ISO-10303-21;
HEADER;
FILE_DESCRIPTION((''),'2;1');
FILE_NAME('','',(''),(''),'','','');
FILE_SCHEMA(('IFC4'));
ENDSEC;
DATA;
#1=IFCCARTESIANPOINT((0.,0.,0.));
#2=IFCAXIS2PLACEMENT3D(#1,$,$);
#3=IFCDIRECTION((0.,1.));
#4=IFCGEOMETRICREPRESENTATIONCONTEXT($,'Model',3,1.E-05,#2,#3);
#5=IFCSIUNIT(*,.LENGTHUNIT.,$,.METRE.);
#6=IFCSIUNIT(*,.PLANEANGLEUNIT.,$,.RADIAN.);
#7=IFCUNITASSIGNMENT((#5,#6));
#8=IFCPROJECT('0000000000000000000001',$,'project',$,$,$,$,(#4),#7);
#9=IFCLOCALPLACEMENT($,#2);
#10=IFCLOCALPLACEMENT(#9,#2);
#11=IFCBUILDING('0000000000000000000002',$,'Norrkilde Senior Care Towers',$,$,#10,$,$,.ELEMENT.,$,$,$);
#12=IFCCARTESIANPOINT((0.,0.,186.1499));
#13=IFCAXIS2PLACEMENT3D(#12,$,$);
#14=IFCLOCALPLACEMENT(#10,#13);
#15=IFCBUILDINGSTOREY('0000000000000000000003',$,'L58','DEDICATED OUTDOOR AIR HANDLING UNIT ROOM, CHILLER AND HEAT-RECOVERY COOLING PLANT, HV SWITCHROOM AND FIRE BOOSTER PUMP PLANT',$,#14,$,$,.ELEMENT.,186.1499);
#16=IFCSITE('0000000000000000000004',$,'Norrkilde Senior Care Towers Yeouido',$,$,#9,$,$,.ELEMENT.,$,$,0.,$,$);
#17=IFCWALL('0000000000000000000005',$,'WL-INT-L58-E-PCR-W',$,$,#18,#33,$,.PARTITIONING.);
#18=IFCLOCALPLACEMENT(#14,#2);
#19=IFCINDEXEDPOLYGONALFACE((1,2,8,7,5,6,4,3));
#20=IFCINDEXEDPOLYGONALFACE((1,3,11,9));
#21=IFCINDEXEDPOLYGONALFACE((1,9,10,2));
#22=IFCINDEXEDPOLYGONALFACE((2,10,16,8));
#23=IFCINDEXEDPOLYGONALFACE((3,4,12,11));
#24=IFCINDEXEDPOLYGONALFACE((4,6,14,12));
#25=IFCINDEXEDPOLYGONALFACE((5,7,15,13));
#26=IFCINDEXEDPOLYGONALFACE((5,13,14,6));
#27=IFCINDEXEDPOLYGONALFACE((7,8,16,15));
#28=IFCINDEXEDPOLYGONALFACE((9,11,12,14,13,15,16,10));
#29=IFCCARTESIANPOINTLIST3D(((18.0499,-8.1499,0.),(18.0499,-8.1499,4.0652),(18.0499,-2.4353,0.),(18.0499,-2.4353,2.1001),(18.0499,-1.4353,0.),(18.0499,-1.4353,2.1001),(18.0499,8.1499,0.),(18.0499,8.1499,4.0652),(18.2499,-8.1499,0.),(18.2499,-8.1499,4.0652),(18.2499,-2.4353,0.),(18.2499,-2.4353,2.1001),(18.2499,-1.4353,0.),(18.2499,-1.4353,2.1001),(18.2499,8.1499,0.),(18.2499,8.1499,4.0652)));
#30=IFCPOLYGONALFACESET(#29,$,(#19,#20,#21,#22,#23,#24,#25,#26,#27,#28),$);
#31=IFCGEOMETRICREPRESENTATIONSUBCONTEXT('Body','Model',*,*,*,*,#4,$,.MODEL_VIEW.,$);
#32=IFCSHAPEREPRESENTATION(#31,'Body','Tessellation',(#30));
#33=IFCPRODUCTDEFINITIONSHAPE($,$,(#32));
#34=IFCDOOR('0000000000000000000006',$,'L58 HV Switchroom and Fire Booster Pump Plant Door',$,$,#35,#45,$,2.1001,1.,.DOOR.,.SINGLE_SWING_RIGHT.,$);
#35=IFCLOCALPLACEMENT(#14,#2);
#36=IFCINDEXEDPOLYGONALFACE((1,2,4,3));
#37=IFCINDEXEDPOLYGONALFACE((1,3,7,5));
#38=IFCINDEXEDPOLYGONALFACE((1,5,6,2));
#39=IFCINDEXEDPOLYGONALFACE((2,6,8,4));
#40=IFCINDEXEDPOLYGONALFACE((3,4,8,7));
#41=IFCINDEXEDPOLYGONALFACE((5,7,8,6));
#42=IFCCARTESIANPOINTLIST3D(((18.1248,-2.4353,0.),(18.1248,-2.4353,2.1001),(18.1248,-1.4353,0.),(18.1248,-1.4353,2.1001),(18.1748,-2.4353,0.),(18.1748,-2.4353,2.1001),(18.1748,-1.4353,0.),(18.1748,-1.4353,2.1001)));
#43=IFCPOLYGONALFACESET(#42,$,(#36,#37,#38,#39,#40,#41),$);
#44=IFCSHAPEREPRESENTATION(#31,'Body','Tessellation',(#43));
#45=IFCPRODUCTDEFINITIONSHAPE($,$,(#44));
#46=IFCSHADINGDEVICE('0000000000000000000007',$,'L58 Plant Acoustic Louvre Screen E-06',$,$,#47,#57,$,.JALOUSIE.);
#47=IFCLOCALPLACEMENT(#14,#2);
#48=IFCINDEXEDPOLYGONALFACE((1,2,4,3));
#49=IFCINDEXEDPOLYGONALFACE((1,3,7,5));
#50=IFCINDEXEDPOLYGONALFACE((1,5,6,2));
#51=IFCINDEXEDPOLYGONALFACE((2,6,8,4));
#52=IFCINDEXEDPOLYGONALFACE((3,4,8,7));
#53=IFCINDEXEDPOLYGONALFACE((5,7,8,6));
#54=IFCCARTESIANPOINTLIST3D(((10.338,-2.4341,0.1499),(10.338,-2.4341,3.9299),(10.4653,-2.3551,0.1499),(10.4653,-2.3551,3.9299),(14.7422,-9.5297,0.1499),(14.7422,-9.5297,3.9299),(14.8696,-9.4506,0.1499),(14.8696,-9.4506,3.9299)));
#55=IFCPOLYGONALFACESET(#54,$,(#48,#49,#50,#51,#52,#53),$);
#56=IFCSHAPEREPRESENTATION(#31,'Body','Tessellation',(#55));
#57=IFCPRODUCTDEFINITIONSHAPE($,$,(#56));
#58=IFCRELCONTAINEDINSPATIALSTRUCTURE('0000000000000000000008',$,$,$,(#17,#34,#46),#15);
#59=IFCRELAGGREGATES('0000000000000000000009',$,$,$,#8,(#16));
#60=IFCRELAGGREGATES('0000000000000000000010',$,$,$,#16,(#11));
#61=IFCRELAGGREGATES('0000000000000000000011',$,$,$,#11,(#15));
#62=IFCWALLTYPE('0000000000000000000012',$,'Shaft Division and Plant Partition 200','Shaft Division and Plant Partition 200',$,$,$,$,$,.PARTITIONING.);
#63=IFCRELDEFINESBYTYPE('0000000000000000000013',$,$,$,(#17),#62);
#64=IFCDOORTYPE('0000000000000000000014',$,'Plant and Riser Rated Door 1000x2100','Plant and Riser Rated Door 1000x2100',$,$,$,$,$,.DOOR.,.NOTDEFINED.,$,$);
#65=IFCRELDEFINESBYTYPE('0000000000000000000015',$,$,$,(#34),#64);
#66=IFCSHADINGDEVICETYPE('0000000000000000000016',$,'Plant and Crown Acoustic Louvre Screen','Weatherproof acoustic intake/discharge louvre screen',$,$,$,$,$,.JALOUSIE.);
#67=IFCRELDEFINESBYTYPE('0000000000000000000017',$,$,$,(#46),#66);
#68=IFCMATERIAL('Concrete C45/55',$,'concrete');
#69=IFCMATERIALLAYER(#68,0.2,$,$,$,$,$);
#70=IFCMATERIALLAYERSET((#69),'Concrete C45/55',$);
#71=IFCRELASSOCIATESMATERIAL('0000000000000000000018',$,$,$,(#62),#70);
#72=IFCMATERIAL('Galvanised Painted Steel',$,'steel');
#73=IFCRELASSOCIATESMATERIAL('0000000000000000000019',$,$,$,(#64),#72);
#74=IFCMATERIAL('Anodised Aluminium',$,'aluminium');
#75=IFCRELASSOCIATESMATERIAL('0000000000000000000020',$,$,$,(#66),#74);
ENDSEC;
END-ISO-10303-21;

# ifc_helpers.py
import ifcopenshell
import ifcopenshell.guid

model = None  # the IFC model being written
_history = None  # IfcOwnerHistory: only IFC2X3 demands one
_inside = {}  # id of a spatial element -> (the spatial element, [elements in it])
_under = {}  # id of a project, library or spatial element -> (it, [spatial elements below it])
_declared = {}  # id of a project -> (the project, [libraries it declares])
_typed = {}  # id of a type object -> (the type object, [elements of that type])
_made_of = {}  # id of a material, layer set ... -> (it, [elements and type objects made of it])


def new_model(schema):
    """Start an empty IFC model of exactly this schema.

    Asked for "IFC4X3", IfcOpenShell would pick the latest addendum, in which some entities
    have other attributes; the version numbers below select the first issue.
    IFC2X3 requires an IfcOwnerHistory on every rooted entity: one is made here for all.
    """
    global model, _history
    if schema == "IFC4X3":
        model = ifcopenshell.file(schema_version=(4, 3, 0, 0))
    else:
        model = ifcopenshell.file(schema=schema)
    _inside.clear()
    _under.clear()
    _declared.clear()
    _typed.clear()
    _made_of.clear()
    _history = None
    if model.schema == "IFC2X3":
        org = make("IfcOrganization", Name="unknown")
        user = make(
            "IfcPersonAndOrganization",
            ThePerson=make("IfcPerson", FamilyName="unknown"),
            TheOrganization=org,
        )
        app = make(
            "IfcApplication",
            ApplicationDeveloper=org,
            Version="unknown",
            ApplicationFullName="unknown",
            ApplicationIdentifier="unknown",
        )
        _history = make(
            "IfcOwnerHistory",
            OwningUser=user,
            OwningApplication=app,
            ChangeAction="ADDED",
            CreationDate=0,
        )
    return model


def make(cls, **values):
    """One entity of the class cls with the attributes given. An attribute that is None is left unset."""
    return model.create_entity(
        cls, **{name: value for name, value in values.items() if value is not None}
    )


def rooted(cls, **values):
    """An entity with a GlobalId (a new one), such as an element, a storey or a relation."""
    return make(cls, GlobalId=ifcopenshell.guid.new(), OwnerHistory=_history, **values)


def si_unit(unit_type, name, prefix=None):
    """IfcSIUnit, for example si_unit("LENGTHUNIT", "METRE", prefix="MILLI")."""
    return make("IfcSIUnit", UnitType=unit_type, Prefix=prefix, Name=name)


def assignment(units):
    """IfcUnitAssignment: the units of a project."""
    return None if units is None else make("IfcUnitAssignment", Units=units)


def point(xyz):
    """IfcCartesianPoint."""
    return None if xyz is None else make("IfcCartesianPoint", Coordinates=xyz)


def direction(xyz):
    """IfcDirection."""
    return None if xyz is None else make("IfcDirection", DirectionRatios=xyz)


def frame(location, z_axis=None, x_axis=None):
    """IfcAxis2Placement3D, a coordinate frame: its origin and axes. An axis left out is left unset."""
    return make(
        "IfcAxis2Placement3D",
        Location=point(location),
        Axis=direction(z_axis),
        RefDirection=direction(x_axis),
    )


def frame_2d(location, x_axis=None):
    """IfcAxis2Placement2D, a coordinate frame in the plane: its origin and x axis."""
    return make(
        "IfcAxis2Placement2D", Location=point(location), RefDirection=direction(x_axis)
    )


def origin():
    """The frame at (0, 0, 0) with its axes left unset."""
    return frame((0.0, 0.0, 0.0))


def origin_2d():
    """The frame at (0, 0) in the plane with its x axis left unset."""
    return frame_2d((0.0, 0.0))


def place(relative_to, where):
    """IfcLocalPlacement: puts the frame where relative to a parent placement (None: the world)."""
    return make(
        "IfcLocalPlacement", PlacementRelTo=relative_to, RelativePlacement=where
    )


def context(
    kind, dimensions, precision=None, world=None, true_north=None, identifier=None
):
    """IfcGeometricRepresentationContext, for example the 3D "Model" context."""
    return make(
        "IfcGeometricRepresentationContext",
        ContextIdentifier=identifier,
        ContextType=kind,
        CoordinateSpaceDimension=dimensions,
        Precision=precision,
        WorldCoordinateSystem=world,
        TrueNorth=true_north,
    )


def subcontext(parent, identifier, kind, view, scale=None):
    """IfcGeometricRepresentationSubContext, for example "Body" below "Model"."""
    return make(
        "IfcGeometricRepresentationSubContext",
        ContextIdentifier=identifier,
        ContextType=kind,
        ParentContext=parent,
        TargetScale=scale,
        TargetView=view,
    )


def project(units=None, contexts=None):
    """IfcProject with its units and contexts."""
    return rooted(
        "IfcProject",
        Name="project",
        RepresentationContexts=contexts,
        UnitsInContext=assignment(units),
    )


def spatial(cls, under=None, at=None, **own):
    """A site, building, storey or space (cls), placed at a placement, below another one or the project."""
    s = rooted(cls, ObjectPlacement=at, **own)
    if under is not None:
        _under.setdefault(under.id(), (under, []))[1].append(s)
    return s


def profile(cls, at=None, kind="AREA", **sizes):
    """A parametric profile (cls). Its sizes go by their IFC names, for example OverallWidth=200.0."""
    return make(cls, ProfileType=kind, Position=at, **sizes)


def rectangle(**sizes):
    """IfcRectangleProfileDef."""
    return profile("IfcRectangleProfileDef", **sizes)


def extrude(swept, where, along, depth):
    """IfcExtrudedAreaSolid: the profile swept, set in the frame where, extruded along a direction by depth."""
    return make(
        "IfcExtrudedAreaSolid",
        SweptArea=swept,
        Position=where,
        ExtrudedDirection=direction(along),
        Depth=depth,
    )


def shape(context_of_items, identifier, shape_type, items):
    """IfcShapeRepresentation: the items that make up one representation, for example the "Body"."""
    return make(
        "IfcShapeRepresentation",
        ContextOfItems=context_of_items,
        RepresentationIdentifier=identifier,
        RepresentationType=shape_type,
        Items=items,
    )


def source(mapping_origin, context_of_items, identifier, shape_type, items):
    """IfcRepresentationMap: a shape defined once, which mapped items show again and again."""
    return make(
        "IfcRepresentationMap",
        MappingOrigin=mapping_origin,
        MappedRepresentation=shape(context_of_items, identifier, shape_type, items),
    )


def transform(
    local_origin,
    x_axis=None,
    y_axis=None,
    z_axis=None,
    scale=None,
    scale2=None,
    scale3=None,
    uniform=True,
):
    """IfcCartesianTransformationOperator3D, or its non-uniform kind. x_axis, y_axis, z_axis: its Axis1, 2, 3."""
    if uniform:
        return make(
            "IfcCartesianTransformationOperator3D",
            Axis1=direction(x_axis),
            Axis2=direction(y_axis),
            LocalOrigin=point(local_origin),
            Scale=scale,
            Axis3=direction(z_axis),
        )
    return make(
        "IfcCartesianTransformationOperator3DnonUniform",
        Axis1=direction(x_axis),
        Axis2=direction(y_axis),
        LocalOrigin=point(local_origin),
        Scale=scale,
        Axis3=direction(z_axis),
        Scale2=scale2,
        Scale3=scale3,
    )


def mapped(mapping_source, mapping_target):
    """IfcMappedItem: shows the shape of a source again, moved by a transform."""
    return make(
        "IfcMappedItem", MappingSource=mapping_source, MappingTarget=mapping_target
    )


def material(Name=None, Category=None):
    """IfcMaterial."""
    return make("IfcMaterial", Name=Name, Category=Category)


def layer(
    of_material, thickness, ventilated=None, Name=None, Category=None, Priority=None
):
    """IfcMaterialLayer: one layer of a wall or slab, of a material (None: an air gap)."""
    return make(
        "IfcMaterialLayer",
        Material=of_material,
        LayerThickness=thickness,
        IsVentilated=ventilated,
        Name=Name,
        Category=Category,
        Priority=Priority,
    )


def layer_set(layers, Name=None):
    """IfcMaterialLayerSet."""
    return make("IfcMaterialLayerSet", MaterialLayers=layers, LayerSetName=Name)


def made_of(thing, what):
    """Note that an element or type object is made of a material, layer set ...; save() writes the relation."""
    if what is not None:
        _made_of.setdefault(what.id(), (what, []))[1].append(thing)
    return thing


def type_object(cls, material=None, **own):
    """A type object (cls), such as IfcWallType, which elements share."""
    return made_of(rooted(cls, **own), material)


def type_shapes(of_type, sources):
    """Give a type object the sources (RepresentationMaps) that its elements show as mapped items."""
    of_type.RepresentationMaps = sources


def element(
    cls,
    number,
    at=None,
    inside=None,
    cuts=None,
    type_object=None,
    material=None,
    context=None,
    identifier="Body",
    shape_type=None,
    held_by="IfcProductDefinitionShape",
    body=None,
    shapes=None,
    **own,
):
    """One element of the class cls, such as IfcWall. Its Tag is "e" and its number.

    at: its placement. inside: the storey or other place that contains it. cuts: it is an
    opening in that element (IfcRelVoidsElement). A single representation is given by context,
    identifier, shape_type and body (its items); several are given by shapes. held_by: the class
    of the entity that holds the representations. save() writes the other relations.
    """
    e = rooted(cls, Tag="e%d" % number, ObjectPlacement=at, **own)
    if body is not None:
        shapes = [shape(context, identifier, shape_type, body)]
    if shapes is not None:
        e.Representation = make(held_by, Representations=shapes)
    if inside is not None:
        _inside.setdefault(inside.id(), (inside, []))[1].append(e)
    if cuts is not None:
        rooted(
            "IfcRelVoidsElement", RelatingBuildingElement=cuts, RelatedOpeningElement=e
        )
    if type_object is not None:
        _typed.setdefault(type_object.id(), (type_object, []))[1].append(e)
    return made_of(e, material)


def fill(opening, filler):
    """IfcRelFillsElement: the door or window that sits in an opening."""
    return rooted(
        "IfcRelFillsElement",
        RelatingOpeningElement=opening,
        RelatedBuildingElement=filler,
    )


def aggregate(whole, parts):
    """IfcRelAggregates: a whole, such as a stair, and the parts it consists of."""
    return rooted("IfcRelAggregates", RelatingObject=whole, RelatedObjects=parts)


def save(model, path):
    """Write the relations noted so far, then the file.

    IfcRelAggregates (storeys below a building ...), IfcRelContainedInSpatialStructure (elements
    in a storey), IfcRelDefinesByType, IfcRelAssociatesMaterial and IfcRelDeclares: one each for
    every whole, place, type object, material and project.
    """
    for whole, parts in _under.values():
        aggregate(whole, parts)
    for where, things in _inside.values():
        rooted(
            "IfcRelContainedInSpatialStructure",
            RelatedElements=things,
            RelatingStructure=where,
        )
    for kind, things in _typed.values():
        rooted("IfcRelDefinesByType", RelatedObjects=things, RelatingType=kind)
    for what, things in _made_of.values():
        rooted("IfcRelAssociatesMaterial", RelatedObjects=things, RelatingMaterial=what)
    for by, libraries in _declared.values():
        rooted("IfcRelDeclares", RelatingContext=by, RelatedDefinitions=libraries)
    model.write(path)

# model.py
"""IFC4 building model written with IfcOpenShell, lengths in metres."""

from ifc_helpers import new_model, si_unit, direction, frame, frame_2d, origin, origin_2d, place, context, subcontext, project, spatial, rectangle, extrude, source, transform, mapped, material, layer, layer_set, type_object, type_shapes, element, fill, save


model = new_model("IFC4")

# Units and contexts
model_context = context("Model", 3, precision=1e-05, world=origin(), true_north=direction((0.0, 1.0)))
body_context = subcontext(model_context, "Body", "Model", "MODEL_VIEW")
ifc_project = project(units=[si_unit("LENGTHUNIT", "METRE"), si_unit("PLANEANGLEUNIT", "RADIAN")], contexts=[model_context])

# Site, building, storey
site_placement = place(None, origin())
site = spatial("IfcSite", under=ifc_project, at=site_placement, Name="Norrkilde Senior Care Towers Yeouido", CompositionType="ELEMENT", RefElevation=0.0)
building_placement = place(site_placement, origin())
building = spatial("IfcBuilding", under=site, at=building_placement, Name="Norrkilde Senior Care Towers", CompositionType="ELEMENT")
storey_placement = place(building_placement, frame((0.0, 0.0, 186.1499)))
storey = spatial("IfcBuildingStorey", under=building, at=storey_placement, Name="L58", Description="DEDICATED OUTDOOR AIR HANDLING UNIT ROOM, CHILLER AND HEAT-RECOVERY COOLING PLANT, HV SWITCHROOM AND FIRE BOOSTER PUMP PLANT", CompositionType="ELEMENT", Elevation=186.1499)

# Shared definitions
ifc_material_1 = material(Name="Anodised Aluminium", Category="aluminium")

# Wall, opening, door
ifc_material_2 = material(Name="Concrete C45/55", Category="concrete")
ifc_layer_1 = layer(ifc_material_2, 0.2)
ifc_layer_set_1 = layer_set([ifc_layer_1], Name="Concrete C45/55")
wall_type = type_object("IfcWallType", Name="Shaft Division and Plant Partition 200", Description="Shaft Division and Plant Partition 200", PredefinedType="PARTITIONING", material=ifc_layer_set_1)
shared_shape_1 = source(origin(), body_context, "Body", "SweptSolid", [
    extrude(rectangle(XDim=16.2998, YDim=0.2, at=frame_2d((8.1499, 0.0))), origin(), (0.0, 0.0, 1.0), 4.0652),
])
type_shapes(wall_type, [shared_shape_1])
wall_placement = place(storey_placement, frame((18.1499, -8.1499, 0.0), z_axis=(0.0, 0.0, 1.0), x_axis=(0.0, 1.0, 0.0)))
wall = element("IfcWall", 1, at=wall_placement, inside=storey, type_object=wall_type, Name="WL-INT-L58-E-PCR-W", PredefinedType="PARTITIONING", context=body_context, shape_type="MappedRepresentation", body=[
    mapped(shared_shape_1, transform((0.0, 0.0, 0.0), x_axis=(1.0, 0.0, 0.0), y_axis=(0.0, 1.0, 0.0), z_axis=(0.0, 0.0, 1.0), scale=1.0)),
])
opening_placement = place(wall_placement, frame((5.7146, 0.0, 0.0)))
opening = element("IfcOpeningElement", 2, at=opening_placement, cuts=wall, PredefinedType="OPENING", context=body_context, shape_type="SweptSolid", body=[
    extrude(rectangle(XDim=1.0, YDim=2.1001, at=frame_2d((0.5, 1.05))), frame((0.0, 0.1099, 0.0), z_axis=(0.0, -1.0, 0.0), x_axis=(1.0, 0.0, 0.0)), (0.0, 0.0, 1.0), 0.22),
])
ifc_material_3 = material(Name="Galvanised Painted Steel", Category="steel")
door_type = type_object("IfcDoorType", Name="Plant and Riser Rated Door 1000x2100", Description="Plant and Riser Rated Door 1000x2100", OperationType="NOTDEFINED", PredefinedType="DOOR", material=ifc_material_3)
shared_shape_2 = source(origin(), body_context, "Body", "SweptSolid", [
    extrude(rectangle(XDim=1.0, YDim=2.1001, at=frame_2d((0.5, 1.05))), frame((0.0, 0.0249, 0.0), z_axis=(0.0, -1.0, 0.0), x_axis=(1.0, 0.0, 0.0)), (0.0, 0.0, 1.0), 0.05),
])
type_shapes(door_type, [shared_shape_2])
door_placement = place(opening_placement, frame((1.0, 0.0, 0.0), z_axis=(0.0, 0.0, 1.0), x_axis=(-1.0, 0.0, 0.0)))
door = element("IfcDoor", 3, at=door_placement, inside=storey, type_object=door_type, Name="L58 HV Switchroom and Fire Booster Pump Plant Door", OperationType="SINGLE_SWING_RIGHT", OverallHeight=2.1001, OverallWidth=1.0, PredefinedType="DOOR", context=body_context, shape_type="MappedRepresentation", body=[
    mapped(shared_shape_2, transform((0.0, 0.0, 0.0), x_axis=(1.0, 0.0, 0.0), y_axis=(0.0, 1.0, 0.0), z_axis=(0.0, 0.0, 1.0), scale=1.0)),
])
fill(opening, door)

# Shading device
shading_device_type = type_object("IfcShadingDeviceType", Name="Plant and Crown Acoustic Louvre Screen", Description="Weatherproof acoustic intake/discharge louvre screen", PredefinedType="JALOUSIE", material=ifc_material_1)
shared_shape_3 = source(origin(), body_context, "Body", "SweptSolid", [
    extrude(rectangle(XDim=8.3513, YDim=0.1499, at=origin_2d()), origin(), (0.0, 0.0, 1.0), 3.78),
])
type_shapes(shading_device_type, [shared_shape_3])
shading_device_placement = place(storey_placement, frame((12.6038, -5.9424, 0.1499), z_axis=(0.0, 0.0, 1.0), x_axis=(-0.527373, 0.849634, 0.0)))
element("IfcShadingDevice", 4, at=shading_device_placement, inside=storey, type_object=shading_device_type, Name="L58 Plant Acoustic Louvre Screen E-06", PredefinedType="JALOUSIE", context=body_context, shape_type="MappedRepresentation", body=[
    mapped(shared_shape_3, transform((0.0, 0.0, 0.0), x_axis=(1.0, 0.0, 0.0), y_axis=(0.0, 1.0, 0.0), z_axis=(0.0, 0.0, 1.0), scale=1.0)),
])

save(model, "model.ifc")
